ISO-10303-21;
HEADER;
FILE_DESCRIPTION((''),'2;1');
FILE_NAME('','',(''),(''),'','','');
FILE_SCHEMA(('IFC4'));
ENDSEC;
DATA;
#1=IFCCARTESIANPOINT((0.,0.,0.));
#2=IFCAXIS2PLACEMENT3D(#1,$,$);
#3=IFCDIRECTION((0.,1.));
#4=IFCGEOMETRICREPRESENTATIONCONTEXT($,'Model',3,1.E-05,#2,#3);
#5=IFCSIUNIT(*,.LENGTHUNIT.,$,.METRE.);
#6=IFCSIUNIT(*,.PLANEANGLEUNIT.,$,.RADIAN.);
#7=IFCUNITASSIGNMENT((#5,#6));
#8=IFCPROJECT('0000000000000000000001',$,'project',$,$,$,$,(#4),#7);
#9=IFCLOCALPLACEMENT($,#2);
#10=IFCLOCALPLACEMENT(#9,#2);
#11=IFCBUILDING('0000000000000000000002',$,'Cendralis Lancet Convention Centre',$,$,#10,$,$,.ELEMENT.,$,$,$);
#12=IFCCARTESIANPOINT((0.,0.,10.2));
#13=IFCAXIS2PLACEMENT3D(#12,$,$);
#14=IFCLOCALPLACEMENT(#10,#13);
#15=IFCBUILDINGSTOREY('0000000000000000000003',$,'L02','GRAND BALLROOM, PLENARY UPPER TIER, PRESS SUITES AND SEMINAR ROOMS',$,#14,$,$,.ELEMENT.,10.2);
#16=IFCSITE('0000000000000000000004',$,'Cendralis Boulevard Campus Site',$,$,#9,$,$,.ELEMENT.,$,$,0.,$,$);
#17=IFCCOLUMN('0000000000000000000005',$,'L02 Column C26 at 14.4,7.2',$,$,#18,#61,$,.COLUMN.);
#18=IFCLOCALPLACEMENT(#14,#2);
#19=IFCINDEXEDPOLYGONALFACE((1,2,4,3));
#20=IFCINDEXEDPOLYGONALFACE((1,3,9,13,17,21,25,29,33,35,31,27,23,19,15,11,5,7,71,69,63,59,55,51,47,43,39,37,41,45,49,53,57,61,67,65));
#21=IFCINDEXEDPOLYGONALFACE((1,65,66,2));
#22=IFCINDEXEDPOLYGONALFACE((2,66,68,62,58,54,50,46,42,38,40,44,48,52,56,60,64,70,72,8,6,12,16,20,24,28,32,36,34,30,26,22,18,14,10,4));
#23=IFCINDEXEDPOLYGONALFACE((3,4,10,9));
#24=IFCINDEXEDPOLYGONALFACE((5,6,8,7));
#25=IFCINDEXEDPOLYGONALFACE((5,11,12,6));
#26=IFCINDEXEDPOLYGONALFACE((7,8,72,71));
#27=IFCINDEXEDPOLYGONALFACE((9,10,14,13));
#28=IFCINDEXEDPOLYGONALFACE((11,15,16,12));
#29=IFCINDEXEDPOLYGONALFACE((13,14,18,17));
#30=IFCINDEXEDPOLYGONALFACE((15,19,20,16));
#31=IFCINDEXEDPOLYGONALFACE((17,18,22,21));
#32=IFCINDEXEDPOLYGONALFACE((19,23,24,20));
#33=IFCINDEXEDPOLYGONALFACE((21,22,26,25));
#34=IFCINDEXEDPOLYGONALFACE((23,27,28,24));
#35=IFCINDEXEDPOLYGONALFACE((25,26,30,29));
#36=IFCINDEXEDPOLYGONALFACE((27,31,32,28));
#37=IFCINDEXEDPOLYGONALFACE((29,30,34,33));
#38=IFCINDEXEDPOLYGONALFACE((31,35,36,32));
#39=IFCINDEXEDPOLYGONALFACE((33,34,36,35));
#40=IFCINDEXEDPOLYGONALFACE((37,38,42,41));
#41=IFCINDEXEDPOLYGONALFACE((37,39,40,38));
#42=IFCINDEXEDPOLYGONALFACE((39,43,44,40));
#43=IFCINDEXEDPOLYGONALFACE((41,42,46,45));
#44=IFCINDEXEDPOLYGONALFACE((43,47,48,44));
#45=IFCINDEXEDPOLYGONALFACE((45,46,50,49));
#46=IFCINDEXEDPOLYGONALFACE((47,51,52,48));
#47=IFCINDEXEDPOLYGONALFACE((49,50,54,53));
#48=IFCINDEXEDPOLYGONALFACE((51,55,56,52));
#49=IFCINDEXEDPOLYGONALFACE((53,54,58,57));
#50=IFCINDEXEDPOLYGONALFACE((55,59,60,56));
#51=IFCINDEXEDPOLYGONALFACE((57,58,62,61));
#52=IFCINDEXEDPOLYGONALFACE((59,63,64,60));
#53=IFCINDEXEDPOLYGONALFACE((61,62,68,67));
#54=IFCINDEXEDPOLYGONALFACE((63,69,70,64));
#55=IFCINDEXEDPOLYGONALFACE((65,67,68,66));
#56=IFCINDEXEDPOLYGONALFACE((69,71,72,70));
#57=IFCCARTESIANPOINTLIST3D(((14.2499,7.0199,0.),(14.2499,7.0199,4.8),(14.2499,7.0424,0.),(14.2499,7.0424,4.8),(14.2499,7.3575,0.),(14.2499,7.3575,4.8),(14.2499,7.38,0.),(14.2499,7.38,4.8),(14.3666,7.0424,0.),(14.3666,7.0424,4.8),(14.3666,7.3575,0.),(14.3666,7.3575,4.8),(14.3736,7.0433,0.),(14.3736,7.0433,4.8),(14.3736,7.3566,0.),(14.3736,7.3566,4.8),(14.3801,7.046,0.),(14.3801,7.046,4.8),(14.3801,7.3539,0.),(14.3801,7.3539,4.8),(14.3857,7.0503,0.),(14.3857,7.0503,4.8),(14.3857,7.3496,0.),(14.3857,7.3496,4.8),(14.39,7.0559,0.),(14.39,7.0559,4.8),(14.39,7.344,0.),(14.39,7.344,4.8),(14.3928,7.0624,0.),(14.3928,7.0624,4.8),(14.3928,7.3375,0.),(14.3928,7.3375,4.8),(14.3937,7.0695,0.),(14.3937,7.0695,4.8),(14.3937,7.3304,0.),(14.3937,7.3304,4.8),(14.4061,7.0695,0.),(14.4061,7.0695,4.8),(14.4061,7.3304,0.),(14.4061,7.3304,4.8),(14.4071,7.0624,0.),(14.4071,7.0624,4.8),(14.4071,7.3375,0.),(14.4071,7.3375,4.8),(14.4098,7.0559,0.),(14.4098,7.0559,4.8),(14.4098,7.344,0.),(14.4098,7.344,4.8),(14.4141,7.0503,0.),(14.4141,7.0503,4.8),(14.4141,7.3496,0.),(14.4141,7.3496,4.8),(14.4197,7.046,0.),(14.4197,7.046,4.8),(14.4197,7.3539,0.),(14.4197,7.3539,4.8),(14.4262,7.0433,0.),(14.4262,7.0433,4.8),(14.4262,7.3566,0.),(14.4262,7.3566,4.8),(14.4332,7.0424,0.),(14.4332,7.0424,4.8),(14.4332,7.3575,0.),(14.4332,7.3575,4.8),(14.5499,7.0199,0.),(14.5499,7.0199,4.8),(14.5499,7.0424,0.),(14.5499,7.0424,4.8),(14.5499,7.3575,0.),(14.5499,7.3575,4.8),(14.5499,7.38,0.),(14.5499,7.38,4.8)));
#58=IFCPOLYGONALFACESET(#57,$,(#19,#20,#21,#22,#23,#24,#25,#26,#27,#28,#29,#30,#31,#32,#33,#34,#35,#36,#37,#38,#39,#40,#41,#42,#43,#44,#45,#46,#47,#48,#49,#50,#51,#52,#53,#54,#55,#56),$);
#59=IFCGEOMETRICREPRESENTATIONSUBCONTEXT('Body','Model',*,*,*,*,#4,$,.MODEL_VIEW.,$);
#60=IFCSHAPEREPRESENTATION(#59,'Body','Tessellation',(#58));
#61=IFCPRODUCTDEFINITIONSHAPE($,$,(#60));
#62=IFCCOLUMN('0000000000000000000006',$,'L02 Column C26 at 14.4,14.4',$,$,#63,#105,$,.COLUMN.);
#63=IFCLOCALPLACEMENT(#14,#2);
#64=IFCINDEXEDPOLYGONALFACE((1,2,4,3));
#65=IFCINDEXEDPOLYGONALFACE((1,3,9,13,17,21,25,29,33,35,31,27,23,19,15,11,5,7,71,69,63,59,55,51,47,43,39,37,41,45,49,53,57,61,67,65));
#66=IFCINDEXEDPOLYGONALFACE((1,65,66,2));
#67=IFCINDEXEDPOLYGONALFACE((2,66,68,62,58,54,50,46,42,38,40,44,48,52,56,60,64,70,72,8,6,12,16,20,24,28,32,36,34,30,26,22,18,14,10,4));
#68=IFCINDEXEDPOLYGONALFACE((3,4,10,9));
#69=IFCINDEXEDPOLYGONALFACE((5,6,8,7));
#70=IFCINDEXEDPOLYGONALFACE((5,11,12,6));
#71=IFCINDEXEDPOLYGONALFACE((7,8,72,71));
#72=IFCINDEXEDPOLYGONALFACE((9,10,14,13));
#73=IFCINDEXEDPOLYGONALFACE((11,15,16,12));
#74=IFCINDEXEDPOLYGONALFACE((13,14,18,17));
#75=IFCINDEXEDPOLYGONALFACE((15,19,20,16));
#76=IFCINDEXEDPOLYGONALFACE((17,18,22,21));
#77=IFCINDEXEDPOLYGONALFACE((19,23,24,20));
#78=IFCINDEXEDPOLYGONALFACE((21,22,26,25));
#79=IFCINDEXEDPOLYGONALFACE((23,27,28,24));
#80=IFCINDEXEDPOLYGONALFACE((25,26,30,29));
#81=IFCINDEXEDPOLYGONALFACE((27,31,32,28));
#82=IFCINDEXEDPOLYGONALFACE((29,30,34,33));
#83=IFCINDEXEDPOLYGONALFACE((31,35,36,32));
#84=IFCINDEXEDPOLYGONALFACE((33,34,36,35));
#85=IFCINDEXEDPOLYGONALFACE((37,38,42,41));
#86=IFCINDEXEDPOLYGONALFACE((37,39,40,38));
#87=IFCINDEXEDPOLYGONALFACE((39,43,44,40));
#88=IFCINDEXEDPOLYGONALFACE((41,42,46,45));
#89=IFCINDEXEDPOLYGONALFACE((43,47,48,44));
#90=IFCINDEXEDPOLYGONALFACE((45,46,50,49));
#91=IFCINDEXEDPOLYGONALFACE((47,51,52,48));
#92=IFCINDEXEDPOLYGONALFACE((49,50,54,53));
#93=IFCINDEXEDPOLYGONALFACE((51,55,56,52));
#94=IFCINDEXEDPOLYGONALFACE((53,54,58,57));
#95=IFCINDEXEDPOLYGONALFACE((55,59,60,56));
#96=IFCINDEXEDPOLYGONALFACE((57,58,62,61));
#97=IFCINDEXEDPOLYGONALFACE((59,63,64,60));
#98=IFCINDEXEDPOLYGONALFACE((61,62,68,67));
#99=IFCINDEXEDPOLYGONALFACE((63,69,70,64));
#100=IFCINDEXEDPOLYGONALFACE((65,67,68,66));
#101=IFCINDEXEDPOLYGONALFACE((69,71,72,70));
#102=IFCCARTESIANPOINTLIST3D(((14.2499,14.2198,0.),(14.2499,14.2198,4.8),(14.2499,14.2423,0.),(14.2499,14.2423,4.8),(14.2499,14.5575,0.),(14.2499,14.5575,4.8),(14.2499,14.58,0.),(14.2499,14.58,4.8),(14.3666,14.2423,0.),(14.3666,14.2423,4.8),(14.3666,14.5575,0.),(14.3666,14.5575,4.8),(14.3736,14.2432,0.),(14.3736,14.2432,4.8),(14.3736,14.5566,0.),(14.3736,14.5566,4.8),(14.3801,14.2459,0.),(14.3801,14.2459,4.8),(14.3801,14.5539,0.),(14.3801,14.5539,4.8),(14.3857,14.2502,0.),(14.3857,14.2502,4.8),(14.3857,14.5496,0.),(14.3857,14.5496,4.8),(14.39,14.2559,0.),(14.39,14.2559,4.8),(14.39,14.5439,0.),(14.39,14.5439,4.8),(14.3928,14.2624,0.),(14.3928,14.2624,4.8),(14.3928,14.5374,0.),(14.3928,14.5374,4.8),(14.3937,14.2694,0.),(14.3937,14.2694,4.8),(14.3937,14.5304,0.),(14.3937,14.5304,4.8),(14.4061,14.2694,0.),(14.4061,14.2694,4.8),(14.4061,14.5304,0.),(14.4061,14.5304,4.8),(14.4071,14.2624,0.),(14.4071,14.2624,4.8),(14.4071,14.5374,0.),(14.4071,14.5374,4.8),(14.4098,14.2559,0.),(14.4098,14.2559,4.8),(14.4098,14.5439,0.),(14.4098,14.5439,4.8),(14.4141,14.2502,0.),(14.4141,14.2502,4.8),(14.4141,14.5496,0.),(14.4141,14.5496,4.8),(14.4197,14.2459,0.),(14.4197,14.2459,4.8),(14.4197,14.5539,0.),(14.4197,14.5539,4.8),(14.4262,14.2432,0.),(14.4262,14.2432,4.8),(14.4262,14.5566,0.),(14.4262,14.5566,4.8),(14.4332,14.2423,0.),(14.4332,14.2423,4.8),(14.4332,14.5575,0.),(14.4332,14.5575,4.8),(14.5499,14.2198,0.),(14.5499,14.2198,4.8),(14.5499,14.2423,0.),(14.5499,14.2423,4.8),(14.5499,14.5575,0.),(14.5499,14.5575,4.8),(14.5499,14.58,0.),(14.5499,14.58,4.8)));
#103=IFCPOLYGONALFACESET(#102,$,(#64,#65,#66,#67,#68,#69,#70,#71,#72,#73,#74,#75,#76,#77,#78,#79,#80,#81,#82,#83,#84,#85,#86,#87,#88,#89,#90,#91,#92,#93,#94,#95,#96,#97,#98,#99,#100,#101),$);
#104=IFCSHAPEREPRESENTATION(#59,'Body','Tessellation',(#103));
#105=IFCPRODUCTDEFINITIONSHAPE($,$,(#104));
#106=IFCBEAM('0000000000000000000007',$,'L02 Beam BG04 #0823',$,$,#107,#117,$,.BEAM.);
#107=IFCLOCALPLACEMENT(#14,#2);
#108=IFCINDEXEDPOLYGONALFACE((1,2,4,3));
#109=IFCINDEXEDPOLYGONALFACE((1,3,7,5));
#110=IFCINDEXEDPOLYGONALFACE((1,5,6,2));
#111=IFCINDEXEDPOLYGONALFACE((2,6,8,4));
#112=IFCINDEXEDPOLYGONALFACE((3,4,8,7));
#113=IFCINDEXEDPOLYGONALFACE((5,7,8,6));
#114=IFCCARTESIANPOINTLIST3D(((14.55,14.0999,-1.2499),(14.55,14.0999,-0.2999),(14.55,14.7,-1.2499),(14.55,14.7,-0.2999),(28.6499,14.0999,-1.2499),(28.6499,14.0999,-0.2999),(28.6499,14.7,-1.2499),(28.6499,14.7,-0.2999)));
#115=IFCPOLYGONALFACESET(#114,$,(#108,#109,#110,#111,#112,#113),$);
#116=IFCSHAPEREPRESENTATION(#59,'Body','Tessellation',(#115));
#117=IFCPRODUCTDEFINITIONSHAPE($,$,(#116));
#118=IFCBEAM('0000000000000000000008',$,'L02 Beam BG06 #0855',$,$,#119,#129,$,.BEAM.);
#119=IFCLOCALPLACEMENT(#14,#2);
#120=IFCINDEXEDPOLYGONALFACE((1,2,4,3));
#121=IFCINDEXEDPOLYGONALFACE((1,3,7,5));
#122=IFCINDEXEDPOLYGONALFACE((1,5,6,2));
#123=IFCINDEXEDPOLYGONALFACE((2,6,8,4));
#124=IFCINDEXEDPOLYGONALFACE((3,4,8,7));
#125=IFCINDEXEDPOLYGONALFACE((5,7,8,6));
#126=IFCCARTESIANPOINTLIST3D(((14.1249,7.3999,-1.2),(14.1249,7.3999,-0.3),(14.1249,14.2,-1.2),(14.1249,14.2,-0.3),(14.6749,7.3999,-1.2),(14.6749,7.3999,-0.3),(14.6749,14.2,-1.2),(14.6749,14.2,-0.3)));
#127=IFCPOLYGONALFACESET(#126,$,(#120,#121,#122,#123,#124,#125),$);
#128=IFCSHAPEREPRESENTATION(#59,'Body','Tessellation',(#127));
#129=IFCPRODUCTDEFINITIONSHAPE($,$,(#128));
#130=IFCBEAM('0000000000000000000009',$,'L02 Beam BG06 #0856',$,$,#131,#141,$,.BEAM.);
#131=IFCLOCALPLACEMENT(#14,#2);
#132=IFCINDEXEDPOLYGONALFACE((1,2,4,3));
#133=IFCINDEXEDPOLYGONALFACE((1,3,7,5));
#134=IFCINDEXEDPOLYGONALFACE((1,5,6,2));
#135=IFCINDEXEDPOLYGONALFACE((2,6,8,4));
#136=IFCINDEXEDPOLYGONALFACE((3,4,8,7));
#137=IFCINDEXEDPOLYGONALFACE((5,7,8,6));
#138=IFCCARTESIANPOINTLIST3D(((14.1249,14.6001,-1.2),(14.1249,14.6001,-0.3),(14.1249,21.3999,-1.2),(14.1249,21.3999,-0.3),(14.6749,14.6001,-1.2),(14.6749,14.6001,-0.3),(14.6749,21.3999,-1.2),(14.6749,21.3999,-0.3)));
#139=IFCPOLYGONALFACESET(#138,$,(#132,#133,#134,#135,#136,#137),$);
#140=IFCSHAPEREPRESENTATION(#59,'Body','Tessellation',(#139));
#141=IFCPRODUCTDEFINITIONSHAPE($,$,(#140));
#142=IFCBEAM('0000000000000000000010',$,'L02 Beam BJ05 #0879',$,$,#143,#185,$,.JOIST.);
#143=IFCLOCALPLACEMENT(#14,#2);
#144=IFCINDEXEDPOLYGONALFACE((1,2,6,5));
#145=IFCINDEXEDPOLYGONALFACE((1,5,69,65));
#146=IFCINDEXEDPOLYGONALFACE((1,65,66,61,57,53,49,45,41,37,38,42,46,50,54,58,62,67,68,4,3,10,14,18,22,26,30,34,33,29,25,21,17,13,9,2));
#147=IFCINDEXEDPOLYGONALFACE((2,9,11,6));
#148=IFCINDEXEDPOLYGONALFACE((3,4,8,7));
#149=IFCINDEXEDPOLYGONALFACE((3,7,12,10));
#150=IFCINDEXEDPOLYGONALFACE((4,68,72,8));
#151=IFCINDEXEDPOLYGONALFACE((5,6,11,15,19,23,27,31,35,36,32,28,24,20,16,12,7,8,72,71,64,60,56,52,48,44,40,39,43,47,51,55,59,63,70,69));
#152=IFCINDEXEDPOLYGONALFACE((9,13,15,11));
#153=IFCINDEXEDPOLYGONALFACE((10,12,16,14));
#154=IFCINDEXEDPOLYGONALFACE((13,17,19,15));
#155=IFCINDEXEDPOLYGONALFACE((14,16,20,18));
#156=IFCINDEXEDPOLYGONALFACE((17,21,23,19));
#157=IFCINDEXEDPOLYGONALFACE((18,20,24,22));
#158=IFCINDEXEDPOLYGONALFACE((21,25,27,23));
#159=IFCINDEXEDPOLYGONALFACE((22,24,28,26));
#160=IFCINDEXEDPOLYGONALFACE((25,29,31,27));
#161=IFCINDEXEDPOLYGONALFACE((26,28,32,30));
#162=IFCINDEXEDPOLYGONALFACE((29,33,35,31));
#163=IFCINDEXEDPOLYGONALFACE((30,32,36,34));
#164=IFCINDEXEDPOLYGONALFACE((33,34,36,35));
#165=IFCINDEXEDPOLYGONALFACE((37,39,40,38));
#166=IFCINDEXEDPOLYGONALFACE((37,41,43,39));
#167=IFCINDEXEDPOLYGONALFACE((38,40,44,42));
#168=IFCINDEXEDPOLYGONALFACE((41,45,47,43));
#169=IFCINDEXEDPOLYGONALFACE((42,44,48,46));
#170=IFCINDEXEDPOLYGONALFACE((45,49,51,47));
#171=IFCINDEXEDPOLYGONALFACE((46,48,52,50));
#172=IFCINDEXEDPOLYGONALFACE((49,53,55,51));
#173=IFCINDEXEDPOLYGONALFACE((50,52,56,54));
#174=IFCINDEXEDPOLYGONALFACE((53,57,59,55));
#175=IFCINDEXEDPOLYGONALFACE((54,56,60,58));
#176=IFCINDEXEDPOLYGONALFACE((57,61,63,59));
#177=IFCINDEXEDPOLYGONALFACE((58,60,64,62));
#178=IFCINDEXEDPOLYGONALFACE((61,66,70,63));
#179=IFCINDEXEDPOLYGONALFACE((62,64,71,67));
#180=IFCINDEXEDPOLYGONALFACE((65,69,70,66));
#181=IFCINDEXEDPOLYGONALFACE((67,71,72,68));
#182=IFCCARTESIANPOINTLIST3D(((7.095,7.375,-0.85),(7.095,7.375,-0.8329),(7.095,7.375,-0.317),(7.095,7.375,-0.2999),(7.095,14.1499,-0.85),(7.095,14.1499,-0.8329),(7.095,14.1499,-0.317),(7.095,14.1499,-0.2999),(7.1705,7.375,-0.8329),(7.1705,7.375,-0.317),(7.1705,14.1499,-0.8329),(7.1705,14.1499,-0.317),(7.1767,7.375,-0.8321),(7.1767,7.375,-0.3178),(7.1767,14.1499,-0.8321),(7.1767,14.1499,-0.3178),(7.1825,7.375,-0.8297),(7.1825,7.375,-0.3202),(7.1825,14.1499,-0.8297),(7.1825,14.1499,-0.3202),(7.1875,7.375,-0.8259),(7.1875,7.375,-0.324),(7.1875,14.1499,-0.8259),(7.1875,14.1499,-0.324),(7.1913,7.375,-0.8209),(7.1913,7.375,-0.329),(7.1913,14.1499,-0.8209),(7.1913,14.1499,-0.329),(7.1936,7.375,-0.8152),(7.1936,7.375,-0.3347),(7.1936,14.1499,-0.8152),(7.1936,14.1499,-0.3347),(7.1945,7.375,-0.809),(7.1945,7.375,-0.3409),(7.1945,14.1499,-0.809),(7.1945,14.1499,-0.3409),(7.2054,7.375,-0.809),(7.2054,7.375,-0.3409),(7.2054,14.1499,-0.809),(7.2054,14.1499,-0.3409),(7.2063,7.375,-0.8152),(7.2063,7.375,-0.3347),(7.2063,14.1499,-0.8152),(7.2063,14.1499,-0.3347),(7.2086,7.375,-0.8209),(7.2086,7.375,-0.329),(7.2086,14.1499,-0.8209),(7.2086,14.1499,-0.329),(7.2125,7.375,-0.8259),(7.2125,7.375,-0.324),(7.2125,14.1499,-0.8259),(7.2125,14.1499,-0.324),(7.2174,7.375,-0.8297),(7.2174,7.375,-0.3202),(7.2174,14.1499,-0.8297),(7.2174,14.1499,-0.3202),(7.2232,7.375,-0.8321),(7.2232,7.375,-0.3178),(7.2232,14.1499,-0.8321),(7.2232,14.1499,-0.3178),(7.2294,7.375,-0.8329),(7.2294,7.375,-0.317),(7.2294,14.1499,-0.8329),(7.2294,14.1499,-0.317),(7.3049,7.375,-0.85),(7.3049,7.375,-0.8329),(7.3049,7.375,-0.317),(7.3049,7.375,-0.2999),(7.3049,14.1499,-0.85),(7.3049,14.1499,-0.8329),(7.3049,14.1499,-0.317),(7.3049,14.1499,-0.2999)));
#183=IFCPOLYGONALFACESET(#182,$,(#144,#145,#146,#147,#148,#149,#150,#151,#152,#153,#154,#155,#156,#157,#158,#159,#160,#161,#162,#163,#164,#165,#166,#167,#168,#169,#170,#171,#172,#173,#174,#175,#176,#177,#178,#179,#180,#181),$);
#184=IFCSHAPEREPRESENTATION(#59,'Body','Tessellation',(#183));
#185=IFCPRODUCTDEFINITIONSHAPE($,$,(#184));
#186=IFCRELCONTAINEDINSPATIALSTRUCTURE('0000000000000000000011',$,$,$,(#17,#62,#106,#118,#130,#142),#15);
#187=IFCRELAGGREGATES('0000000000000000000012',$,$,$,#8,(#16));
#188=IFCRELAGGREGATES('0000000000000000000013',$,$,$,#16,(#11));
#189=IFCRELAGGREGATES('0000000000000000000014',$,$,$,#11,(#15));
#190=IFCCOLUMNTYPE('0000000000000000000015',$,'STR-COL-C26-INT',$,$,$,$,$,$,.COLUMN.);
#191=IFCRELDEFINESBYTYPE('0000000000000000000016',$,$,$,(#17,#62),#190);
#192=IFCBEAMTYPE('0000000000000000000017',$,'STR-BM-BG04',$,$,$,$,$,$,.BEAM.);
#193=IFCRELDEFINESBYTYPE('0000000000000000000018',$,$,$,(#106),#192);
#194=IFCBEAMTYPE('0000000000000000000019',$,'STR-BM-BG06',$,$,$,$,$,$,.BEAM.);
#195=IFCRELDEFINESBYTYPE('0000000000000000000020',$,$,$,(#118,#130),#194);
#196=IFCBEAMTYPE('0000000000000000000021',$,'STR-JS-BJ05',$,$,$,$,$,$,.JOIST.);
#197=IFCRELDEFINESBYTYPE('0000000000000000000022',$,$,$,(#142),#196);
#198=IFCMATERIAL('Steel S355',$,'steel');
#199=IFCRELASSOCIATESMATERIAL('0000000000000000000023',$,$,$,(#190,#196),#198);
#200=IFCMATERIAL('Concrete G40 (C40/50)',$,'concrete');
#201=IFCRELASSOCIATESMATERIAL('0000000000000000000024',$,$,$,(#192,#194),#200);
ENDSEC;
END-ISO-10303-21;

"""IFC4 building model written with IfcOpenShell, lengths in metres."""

from ifc_helpers import new_model, si_unit, direction, frame, origin, origin_2d, place, context, subcontext, project, spatial, rectangle, i_section, extrude, material, material_profile, profile_set, type_object, element, save


model = new_model("IFC4")

# Units and contexts
model_context = context("Model", 3, precision=1e-05, world=origin(), true_north=direction((0.0, 1.0)))
body_context = subcontext(model_context, "Body", "Model", "MODEL_VIEW")
ifc_project = project(units=[si_unit("LENGTHUNIT", "METRE"), si_unit("PLANEANGLEUNIT", "RADIAN")], contexts=[model_context])

# Site, building, storey
site_placement = place(None, origin())
site = spatial("IfcSite", under=ifc_project, at=site_placement, Name="Cendralis Boulevard Campus Site", CompositionType="ELEMENT", RefElevation=0.0)
building_placement = place(site_placement, origin())
building = spatial("IfcBuilding", under=site, at=building_placement, Name="Cendralis Lancet Convention Centre", CompositionType="ELEMENT")
storey_placement = place(building_placement, frame((0.0, 0.0, 10.2)))
storey = spatial("IfcBuildingStorey", under=building, at=storey_placement, Name="L02", Description="GRAND BALLROOM, PLENARY UPPER TIER, PRESS SUITES AND SEMINAR ROOMS", CompositionType="ELEMENT", Elevation=10.2)

# Columns
ifc_material_1 = material(Name="Steel S355", Category="steel")
ifc_material_profile_1 = material_profile(ifc_material_1, i_section(OverallWidth=0.3, OverallDepth=0.3601, WebThickness=0.0125, FlangeThickness=0.0225, FilletRadius=0.0271, at=origin_2d()), Name="HEB 360")
ifc_profile_set_1 = profile_set([ifc_material_profile_1], Name="Steel S355")
column_type = type_object("IfcColumnType", Name="STR-COL-C26-INT", PredefinedType="COLUMN", material=ifc_profile_set_1)
for number, where, z_axis, x_axis, name in (
    (1, (14.3999, 7.2, 0.0), (0.0, 0.0, 1.0), (1.0, 0.0, 0.0), "L02 Column C26 at 14.4,7.2"),
    (2, (14.3999, 14.3999, 0.0), (0.0, 0.0, 1.0), (1.0, 0.0, 0.0), "L02 Column C26 at 14.4,14.4"),
):
    element("IfcColumn", number, at=place(storey_placement, frame(where, z_axis=z_axis, x_axis=x_axis)), inside=storey, type_object=column_type, Name=name, PredefinedType="COLUMN", context=body_context, shape_type="SweptSolid", body=[
        extrude(i_section(OverallWidth=0.3, OverallDepth=0.3601, WebThickness=0.0125, FlangeThickness=0.0225, FilletRadius=0.0271, at=origin_2d()), origin(), (0.0, 0.0, 1.0), 4.8),
    ])

# Beams
ifc_material_2 = material(Name="Concrete G40 (C40/50)", Category="concrete")
ifc_material_profile_2 = material_profile(ifc_material_2, rectangle(XDim=0.6001, YDim=0.95, at=origin_2d()), Name="RCB 600x950")
ifc_profile_set_2 = profile_set([ifc_material_profile_2], Name="Concrete G40 (C40/50)")
beam_type_1 = type_object("IfcBeamType", Name="STR-BM-BG04", PredefinedType="BEAM", material=ifc_profile_set_2)
beam_1_placement = place(storey_placement, frame((14.55, 14.3999, -0.7749), z_axis=(1.0, 0.0, 0.0), x_axis=(0.0, 1.0, 0.0)))
element("IfcBeam", 3, at=beam_1_placement, inside=storey, type_object=beam_type_1, Name="L02 Beam BG04 #0823", PredefinedType="BEAM", context=body_context, shape_type="SweptSolid", body=[
    extrude(rectangle(XDim=0.6001, YDim=0.95, at=origin_2d()), origin(), (0.0, 0.0, 1.0), 14.0999),
])
ifc_material_profile_3 = material_profile(ifc_material_2, rectangle(XDim=0.55, YDim=0.8999, at=origin_2d()), Name="RCB 550x900")
ifc_profile_set_3 = profile_set([ifc_material_profile_3], Name="Concrete G40 (C40/50)")
beam_type_2 = type_object("IfcBeamType", Name="STR-BM-BG06", PredefinedType="BEAM", material=ifc_profile_set_3)
beam_2_placement = place(storey_placement, frame((14.3999, 7.3999, -0.75), z_axis=(0.0, 1.0, 0.0), x_axis=(-1.0, 0.0, 0.0)))
element("IfcBeam", 4, at=beam_2_placement, inside=storey, type_object=beam_type_2, Name="L02 Beam BG06 #0855", PredefinedType="BEAM", context=body_context, shape_type="SweptSolid", body=[
    extrude(rectangle(XDim=0.55, YDim=0.8999, at=origin_2d()), origin(), (0.0, 0.0, 1.0), 6.8),
])
beam_3_placement = place(storey_placement, frame((14.3999, 14.6001, -0.75), z_axis=(0.0, 1.0, 0.0), x_axis=(-1.0, 0.0, 0.0)))
element("IfcBeam", 5, at=beam_3_placement, inside=storey, type_object=beam_type_2, Name="L02 Beam BG06 #0856", PredefinedType="BEAM", context=body_context, shape_type="SweptSolid", body=[
    extrude(rectangle(XDim=0.55, YDim=0.8999, at=origin_2d()), origin(), (0.0, 0.0, 1.0), 6.7998),
])
ifc_material_profile_4 = material_profile(ifc_material_1, i_section(OverallWidth=0.21, OverallDepth=0.55, WebThickness=0.011, FlangeThickness=0.0171, FilletRadius=0.0239, at=origin_2d()), Name="IPE 550")
ifc_profile_set_4 = profile_set([ifc_material_profile_4], Name="Steel S355")
beam_type_3 = type_object("IfcBeamType", Name="STR-JS-BJ05", PredefinedType="JOIST", material=ifc_profile_set_4)
beam_4_placement = place(storey_placement, frame((7.2, 7.375, -0.575), z_axis=(0.0, 1.0, 0.0), x_axis=(-1.0, 0.0, 0.0)))
element("IfcBeam", 6, at=beam_4_placement, inside=storey, type_object=beam_type_3, Name="L02 Beam BJ05 #0879", PredefinedType="JOIST", context=body_context, shape_type="SweptSolid", body=[
    extrude(i_section(OverallWidth=0.21, OverallDepth=0.55, WebThickness=0.011, FlangeThickness=0.0171, FilletRadius=0.0239, at=origin_2d()), origin(), (0.0, 0.0, 1.0), 6.7749),
])

save(model, "model.ifc")
